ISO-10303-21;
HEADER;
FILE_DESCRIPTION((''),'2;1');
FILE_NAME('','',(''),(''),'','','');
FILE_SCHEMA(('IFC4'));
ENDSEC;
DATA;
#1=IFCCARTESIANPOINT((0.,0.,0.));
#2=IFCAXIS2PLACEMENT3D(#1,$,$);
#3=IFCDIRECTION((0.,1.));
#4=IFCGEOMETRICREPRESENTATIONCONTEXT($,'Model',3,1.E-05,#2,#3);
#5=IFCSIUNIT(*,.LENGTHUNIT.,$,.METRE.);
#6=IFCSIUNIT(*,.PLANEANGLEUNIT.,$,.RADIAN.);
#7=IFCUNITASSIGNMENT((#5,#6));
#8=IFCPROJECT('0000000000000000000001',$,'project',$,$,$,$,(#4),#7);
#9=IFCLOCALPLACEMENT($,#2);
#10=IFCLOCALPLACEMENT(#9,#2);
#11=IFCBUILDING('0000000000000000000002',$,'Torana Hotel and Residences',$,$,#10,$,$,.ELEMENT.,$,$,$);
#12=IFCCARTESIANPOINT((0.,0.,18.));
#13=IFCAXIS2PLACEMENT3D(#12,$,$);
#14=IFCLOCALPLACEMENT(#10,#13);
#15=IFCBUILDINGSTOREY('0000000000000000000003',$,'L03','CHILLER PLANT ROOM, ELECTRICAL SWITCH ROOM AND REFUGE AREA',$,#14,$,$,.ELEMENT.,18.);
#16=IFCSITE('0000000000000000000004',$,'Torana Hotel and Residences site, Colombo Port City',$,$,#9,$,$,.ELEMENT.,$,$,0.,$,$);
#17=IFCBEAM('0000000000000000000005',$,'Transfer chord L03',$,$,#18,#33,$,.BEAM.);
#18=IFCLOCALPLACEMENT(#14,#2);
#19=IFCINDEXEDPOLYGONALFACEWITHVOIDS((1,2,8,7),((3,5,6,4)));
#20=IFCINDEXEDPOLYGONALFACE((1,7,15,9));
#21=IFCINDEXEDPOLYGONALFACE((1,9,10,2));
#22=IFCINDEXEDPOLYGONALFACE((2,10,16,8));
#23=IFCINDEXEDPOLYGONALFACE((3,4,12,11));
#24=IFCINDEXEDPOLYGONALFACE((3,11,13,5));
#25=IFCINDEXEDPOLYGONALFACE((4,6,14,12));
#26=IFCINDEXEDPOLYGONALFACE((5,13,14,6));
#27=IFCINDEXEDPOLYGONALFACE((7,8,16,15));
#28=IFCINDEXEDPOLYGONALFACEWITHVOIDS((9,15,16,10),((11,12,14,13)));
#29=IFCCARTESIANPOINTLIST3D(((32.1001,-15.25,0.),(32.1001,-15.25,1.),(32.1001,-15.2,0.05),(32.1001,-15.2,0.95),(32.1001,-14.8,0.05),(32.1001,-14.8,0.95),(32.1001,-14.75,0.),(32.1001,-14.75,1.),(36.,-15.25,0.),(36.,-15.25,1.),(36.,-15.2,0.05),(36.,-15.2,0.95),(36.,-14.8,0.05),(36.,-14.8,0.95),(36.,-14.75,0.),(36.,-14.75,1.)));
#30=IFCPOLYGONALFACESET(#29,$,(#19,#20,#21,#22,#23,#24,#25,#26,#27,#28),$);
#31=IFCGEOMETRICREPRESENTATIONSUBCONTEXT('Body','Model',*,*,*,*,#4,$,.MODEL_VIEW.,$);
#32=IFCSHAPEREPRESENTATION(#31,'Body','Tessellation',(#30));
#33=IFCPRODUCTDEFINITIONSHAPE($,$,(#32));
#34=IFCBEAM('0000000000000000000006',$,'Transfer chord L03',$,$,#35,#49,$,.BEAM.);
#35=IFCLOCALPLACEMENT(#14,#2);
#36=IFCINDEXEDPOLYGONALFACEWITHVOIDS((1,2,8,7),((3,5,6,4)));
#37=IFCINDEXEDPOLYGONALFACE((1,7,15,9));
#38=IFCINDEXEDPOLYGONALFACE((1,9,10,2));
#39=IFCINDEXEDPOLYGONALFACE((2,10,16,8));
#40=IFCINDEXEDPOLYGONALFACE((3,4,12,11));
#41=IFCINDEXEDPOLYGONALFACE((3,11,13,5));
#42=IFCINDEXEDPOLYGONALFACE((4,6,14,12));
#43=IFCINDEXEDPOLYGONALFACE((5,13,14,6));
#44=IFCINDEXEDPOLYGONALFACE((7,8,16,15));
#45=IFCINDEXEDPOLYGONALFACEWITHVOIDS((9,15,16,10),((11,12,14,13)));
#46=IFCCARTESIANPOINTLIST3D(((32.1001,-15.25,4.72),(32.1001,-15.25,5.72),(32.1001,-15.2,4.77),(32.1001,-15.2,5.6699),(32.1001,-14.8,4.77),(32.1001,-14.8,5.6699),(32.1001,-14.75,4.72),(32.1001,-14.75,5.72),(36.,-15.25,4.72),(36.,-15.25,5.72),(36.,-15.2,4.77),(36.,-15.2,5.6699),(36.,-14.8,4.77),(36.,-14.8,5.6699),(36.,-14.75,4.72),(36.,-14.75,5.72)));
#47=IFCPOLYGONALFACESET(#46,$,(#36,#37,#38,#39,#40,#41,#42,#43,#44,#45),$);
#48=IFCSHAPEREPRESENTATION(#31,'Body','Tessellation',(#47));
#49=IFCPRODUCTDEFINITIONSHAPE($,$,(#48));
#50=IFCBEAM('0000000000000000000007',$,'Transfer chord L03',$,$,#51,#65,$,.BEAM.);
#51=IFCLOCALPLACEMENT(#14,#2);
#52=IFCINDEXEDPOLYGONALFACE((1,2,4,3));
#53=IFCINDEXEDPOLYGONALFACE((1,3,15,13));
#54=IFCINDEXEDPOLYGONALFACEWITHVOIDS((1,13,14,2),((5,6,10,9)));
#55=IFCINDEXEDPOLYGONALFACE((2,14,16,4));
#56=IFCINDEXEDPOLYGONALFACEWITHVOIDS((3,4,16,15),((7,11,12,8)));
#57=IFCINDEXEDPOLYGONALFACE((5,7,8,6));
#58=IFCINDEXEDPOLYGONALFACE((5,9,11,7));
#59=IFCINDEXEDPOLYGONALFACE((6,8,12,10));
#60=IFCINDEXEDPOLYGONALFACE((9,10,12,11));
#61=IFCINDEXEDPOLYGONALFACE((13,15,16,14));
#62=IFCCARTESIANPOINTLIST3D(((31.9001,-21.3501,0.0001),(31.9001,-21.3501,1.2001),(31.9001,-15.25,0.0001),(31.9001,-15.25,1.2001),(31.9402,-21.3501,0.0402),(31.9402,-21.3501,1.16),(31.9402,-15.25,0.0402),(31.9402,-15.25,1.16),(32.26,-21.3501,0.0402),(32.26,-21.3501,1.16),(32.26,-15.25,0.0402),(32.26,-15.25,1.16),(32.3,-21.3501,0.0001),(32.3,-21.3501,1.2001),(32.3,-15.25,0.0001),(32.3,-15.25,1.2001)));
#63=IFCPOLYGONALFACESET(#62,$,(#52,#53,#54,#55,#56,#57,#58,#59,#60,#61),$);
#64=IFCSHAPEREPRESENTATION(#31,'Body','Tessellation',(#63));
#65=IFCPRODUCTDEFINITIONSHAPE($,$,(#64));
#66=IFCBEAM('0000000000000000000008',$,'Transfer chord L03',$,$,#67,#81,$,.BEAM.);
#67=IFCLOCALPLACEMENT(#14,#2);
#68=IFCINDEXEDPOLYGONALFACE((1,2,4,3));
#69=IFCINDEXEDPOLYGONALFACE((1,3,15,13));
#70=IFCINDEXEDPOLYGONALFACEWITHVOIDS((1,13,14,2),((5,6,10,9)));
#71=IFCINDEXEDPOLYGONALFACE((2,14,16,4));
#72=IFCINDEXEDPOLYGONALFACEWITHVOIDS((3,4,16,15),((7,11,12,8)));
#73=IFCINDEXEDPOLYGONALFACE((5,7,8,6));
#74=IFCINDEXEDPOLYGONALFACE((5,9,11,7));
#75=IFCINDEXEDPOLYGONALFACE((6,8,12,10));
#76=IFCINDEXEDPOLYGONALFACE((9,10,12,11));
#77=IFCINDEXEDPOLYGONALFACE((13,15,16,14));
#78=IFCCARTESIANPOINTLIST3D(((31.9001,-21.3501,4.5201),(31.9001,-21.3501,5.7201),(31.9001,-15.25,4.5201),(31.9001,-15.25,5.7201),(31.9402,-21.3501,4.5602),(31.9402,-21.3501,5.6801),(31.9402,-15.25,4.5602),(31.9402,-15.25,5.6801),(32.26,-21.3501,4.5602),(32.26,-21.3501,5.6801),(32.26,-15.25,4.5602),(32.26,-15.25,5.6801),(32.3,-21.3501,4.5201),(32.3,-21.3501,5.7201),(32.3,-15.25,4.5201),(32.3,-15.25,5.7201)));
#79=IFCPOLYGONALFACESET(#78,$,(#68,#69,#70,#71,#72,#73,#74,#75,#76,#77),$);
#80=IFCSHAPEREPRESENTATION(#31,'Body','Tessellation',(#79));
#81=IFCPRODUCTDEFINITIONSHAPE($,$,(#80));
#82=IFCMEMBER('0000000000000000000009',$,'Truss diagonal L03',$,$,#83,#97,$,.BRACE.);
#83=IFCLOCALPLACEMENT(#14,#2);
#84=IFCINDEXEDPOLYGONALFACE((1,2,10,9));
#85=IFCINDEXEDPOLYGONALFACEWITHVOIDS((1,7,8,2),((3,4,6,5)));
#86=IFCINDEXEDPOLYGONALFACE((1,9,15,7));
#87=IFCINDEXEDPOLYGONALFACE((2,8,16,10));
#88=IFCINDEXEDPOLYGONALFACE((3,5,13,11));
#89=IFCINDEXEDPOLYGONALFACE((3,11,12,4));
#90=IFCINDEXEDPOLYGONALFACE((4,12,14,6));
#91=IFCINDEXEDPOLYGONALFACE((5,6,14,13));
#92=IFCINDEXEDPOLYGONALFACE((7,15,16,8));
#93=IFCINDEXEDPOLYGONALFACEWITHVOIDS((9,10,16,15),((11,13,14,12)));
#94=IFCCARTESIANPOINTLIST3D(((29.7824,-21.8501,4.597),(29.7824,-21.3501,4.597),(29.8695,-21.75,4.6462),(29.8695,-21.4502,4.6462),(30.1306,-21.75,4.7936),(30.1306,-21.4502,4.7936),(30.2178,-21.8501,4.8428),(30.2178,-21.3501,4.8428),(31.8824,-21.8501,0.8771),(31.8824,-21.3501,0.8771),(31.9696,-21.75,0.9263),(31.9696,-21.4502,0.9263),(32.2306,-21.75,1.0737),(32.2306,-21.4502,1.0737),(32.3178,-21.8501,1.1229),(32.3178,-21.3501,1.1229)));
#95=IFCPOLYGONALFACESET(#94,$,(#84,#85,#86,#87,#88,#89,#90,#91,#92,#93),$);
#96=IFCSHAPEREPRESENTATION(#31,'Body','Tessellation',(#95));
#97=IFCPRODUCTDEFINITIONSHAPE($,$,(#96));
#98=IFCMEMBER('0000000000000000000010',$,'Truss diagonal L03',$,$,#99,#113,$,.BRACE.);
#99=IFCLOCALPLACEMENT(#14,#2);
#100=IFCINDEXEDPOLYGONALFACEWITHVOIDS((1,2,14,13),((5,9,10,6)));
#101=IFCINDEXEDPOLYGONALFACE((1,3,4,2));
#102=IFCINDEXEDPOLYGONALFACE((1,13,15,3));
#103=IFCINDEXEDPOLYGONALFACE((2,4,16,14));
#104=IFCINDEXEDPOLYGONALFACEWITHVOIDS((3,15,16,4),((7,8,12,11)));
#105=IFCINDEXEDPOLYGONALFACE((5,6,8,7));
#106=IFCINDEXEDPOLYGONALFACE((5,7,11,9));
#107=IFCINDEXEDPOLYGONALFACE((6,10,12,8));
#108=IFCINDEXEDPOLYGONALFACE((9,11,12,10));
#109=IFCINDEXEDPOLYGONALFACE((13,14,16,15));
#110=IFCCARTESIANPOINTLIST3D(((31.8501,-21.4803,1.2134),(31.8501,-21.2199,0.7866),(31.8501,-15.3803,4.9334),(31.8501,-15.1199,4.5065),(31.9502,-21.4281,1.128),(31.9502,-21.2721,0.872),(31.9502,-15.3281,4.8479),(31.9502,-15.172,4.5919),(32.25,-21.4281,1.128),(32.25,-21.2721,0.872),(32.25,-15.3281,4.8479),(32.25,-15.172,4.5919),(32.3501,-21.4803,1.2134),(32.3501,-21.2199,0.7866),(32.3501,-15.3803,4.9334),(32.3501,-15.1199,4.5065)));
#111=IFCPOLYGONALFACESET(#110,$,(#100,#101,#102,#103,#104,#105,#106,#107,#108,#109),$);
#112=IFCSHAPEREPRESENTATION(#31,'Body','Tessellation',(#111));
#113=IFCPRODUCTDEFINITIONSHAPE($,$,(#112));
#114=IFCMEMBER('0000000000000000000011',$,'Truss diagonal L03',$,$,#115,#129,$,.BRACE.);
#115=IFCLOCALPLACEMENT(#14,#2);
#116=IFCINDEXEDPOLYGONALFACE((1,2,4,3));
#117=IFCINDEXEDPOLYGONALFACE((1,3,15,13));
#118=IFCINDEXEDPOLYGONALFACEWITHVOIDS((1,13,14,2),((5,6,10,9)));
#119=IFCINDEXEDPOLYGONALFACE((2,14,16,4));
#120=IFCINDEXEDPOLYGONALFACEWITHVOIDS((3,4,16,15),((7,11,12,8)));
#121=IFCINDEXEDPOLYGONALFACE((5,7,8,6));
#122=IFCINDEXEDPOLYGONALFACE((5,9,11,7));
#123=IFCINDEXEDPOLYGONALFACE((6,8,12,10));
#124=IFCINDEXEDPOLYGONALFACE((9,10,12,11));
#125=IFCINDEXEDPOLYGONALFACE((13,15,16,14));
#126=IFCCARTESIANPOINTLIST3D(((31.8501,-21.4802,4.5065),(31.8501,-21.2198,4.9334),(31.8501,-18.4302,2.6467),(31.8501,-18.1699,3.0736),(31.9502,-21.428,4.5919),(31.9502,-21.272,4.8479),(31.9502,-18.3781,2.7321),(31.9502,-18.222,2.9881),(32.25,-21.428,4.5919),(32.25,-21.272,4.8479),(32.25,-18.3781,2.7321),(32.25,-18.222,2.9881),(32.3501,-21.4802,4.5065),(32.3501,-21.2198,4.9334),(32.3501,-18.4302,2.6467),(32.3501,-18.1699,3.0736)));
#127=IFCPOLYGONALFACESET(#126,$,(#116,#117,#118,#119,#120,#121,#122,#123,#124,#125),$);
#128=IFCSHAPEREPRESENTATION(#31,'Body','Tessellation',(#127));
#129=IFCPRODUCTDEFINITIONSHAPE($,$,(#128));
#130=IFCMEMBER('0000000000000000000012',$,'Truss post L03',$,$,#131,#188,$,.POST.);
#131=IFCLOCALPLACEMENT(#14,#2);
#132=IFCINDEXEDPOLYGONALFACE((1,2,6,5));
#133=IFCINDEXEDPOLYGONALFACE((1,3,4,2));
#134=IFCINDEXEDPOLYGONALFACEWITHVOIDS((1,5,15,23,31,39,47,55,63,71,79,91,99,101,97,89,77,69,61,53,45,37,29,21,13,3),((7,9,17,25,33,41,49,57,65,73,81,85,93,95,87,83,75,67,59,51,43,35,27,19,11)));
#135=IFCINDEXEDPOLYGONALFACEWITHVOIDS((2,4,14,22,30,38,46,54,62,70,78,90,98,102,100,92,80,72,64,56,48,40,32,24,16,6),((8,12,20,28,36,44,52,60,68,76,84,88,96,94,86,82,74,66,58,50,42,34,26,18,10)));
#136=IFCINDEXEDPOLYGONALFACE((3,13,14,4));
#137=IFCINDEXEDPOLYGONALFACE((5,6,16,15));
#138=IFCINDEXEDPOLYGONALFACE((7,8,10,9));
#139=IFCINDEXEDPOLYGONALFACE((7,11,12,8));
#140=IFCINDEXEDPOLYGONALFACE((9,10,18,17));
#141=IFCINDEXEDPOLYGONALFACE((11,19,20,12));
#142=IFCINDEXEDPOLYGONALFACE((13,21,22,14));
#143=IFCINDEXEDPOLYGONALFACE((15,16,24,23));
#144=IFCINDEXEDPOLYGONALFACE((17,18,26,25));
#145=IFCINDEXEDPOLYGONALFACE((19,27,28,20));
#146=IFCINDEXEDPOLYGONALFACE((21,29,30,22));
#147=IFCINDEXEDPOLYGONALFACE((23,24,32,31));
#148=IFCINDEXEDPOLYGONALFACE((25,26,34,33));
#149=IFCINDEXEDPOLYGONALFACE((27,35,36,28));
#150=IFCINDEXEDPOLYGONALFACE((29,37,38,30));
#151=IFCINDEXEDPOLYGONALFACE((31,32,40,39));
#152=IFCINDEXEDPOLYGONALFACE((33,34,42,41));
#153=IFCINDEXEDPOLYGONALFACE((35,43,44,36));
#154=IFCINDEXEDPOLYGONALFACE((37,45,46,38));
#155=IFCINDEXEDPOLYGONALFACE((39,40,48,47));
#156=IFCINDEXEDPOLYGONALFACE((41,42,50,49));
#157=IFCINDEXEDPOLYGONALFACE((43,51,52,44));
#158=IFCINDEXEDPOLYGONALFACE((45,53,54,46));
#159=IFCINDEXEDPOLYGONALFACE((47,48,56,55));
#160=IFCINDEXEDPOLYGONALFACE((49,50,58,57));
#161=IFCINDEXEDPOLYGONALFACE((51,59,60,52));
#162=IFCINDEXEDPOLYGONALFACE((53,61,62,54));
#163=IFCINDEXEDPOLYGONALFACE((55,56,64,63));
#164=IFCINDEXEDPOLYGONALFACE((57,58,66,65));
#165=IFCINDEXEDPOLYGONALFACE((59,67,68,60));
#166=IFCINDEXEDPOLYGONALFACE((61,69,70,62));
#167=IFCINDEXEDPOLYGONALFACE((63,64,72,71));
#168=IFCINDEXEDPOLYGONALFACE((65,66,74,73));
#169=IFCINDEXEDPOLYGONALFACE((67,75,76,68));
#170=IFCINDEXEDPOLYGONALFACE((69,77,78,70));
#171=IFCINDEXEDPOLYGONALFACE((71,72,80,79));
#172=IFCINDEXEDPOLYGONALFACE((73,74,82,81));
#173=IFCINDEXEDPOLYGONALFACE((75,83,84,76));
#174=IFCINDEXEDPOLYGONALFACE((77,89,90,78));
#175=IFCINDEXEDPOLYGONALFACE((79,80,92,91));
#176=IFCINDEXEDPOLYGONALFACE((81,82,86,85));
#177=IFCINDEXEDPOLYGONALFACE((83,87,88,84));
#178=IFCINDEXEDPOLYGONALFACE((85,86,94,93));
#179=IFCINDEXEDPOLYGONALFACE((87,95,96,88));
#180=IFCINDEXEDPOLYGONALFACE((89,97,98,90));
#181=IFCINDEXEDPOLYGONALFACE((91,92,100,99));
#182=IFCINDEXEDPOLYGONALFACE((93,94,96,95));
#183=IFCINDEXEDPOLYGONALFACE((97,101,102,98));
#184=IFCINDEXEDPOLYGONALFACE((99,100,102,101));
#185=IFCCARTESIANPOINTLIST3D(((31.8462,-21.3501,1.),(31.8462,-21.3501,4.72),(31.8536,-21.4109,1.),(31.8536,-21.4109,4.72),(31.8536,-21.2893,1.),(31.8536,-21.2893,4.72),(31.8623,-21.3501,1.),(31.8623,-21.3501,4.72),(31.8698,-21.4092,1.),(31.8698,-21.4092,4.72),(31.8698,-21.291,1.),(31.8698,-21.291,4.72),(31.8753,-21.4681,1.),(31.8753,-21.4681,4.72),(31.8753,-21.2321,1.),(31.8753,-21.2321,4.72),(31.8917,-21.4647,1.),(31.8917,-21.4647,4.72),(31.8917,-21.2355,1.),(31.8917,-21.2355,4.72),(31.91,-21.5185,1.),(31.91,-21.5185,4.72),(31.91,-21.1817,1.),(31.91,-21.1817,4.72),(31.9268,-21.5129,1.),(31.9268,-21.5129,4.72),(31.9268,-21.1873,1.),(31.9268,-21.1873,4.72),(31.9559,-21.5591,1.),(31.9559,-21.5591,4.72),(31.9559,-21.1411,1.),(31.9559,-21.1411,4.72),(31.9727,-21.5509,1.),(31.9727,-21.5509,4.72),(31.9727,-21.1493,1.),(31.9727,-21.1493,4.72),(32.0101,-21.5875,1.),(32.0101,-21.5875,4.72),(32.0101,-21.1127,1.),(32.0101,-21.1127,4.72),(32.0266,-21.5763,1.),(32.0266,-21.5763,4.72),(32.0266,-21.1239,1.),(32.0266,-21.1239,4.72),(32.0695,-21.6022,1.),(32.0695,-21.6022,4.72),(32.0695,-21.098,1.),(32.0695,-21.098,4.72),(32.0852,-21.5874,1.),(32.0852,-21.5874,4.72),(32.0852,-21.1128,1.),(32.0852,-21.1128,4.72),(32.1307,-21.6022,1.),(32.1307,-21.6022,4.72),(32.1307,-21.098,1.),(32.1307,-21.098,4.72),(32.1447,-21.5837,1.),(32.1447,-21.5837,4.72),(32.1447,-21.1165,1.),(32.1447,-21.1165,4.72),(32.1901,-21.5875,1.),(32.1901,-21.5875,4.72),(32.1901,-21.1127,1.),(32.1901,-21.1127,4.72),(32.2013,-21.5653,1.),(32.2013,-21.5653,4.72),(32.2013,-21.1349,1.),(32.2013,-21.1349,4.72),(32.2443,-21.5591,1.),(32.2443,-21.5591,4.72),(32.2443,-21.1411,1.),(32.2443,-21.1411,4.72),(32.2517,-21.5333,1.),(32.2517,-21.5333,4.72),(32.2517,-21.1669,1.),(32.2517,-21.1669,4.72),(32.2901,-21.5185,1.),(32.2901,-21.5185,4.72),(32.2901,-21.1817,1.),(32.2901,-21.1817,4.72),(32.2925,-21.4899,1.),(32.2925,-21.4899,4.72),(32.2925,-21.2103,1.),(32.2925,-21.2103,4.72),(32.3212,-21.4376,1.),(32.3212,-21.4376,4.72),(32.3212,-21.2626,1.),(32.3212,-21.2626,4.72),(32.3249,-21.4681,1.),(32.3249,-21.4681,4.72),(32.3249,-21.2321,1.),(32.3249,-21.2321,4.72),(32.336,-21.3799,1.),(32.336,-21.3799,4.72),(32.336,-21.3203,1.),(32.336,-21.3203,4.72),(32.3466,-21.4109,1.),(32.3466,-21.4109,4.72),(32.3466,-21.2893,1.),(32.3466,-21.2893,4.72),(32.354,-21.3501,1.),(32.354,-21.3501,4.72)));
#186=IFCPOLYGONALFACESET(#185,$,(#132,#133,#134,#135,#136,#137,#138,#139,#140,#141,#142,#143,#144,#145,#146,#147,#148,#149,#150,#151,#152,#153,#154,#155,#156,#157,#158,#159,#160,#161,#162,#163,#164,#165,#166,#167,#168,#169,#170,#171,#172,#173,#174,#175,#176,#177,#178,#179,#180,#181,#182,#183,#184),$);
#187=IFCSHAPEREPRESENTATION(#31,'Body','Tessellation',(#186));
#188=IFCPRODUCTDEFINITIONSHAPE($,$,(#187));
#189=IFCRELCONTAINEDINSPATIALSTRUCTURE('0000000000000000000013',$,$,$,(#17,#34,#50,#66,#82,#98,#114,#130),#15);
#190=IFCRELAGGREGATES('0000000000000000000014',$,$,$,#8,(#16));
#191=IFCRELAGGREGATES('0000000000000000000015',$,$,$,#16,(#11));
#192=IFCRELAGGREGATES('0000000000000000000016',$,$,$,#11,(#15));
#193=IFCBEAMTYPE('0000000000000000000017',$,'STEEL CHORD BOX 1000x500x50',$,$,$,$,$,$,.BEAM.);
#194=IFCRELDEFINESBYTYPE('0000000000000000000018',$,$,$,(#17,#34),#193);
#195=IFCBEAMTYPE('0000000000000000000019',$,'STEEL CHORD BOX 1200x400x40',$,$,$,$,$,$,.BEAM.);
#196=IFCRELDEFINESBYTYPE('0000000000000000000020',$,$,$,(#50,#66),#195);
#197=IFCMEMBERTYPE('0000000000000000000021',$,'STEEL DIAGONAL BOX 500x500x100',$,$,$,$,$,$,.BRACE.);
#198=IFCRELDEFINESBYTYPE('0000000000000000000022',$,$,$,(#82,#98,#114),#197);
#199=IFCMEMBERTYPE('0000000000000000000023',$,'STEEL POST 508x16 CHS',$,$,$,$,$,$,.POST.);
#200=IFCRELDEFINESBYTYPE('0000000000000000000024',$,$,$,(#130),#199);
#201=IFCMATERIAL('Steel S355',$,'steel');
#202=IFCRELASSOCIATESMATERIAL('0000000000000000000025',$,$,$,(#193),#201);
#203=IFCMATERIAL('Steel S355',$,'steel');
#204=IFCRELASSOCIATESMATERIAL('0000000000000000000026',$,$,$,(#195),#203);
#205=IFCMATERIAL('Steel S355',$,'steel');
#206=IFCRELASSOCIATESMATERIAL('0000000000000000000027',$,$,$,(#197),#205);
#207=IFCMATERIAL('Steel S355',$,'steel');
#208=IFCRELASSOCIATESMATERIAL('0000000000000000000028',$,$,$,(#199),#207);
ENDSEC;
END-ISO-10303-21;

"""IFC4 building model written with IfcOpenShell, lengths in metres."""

from ifc_helpers import new_model, si_unit, direction, frame, origin, origin_2d, place, context, subcontext, project, spatial, hollow_rectangle, hollow_circle, extrude, material, material_profile, profile_set, type_object, element, save


model = new_model("IFC4")

# Units and contexts
model_context = context("Model", 3, precision=1e-05, world=origin(), true_north=direction((0.0, 1.0)))
body_context = subcontext(model_context, "Body", "Model", "MODEL_VIEW")
ifc_project = project(units=[si_unit("LENGTHUNIT", "METRE"), si_unit("PLANEANGLEUNIT", "RADIAN")], contexts=[model_context])

# Site, building, storey
site_placement = place(None, origin())
site = spatial("IfcSite", under=ifc_project, at=site_placement, Name="Torana Hotel and Residences site, Colombo Port City", CompositionType="ELEMENT", RefElevation=0.0)
building_placement = place(site_placement, origin())
building = spatial("IfcBuilding", under=site, at=building_placement, Name="Torana Hotel and Residences", CompositionType="ELEMENT")
storey_placement = place(building_placement, frame((0.0, 0.0, 18.0)))
storey = spatial("IfcBuildingStorey", under=building, at=storey_placement, Name="L03", Description="CHILLER PLANT ROOM, ELECTRICAL SWITCH ROOM AND REFUGE AREA", CompositionType="ELEMENT", Elevation=18.0)

# Beams
ifc_material_1 = material(Name="Steel S355", Category="steel")
ifc_material_profile_1 = material_profile(ifc_material_1, hollow_rectangle(XDim=0.5, YDim=1.0, WallThickness=0.05, at=origin_2d()), Name="BOX 1000x500x50")
ifc_profile_set_1 = profile_set([ifc_material_profile_1], Name="Steel S355")
beam_type_1 = type_object("IfcBeamType", Name="STEEL CHORD BOX 1000x500x50", PredefinedType="BEAM", material=ifc_profile_set_1)
for number, where, z_axis, x_axis, name in (
    (1, (32.1001, -15.0, 0.5), (1.0, 0.0, 0.0), (0.0, 1.0, 0.0), "Transfer chord L03"),
    (2, (32.1001, -15.0, 5.22), (1.0, 0.0, 0.0), (0.0, 1.0, 0.0), "Transfer chord L03"),
):
    element("IfcBeam", number, at=place(storey_placement, frame(where, z_axis=z_axis, x_axis=x_axis)), inside=storey, type_object=beam_type_1, Name=name, PredefinedType="BEAM", context=body_context, shape_type="SweptSolid", body=[
        extrude(hollow_rectangle(XDim=0.5, YDim=1.0, WallThickness=0.05, at=origin_2d()), origin(), (0.0, 0.0, 1.0), 3.8999),
    ])
ifc_material_2 = material(Name="Steel S355", Category="steel")
ifc_material_profile_2 = material_profile(ifc_material_2, hollow_rectangle(XDim=0.3999, YDim=1.2, WallThickness=0.04, at=origin_2d()), Name="BOX 1200x400x40")
ifc_profile_set_2 = profile_set([ifc_material_profile_2], Name="Steel S355")
beam_type_2 = type_object("IfcBeamType", Name="STEEL CHORD BOX 1200x400x40", PredefinedType="BEAM", material=ifc_profile_set_2)
for number, where, z_axis, x_axis, name in (
    (3, (32.1001, -21.3501, 0.6001), (0.0, 1.0, 0.0), (-1.0, 0.0, 0.0), "Transfer chord L03"),
    (4, (32.1001, -21.3501, 5.1201), (0.0, 1.0, 0.0), (-1.0, 0.0, 0.0), "Transfer chord L03"),
):
    element("IfcBeam", number, at=place(storey_placement, frame(where, z_axis=z_axis, x_axis=x_axis)), inside=storey, type_object=beam_type_2, Name=name, PredefinedType="BEAM", context=body_context, shape_type="SweptSolid", body=[
        extrude(hollow_rectangle(XDim=0.3999, YDim=1.2, WallThickness=0.04, at=origin_2d()), origin(), (0.0, 0.0, 1.0), 6.1001),
    ])

# Members
ifc_material_3 = material(Name="Steel S355", Category="steel")
ifc_material_profile_3 = material_profile(ifc_material_3, hollow_rectangle(XDim=0.5, YDim=0.5, WallThickness=0.1001, at=origin_2d()), Name="BOX 500x500x100")
ifc_profile_set_3 = profile_set([ifc_material_profile_3], Name="Steel S355")
member_type_1 = type_object("IfcMemberType", Name="STEEL DIAGONAL BOX 500x500x100", PredefinedType="BRACE", material=ifc_profile_set_3)
member_1_placement = place(storey_placement, frame((32.1001, -21.6001, 1.0), z_axis=(-0.491615, 0.0, 0.870813), x_axis=(0.0, -1.0, 0.0)))
element("IfcMember", 5, at=member_1_placement, inside=storey, type_object=member_type_1, Name="Truss diagonal L03", PredefinedType="BRACE", context=body_context, shape_type="SweptSolid", body=[
    extrude(hollow_rectangle(XDim=0.5, YDim=0.5, WallThickness=0.1001, at=origin_2d()), origin(), (0.0, 0.0, 1.0), 4.2717),
])
member_2_placement = place(storey_placement, frame((32.1001, -21.3501, 1.0), z_axis=(0.0, 0.853771, 0.520648), x_axis=(-1.0, 0.0, 0.0)))
element("IfcMember", 6, at=member_2_placement, inside=storey, type_object=member_type_1, Name="Truss diagonal L03", PredefinedType="BRACE", context=body_context, shape_type="SweptSolid", body=[
    extrude(hollow_rectangle(XDim=0.5, YDim=0.5, WallThickness=0.1001, at=origin_2d()), origin(), (0.0, 0.0, 1.0), 7.1448),
])
member_3_placement = place(storey_placement, frame((32.1001, -18.3, 2.8601), z_axis=(0.0, -0.853787, 0.520623), x_axis=(1.0, 0.0, 0.0)))
element("IfcMember", 7, at=member_3_placement, inside=storey, type_object=member_type_1, Name="Truss diagonal L03", PredefinedType="BRACE", context=body_context, shape_type="SweptSolid", body=[
    extrude(hollow_rectangle(XDim=0.5, YDim=0.5, WallThickness=0.1001, at=origin_2d()), origin(), (0.0, 0.0, 1.0), 3.5723),
])
ifc_material_4 = material(Name="Steel S355", Category="steel")
ifc_material_profile_4 = material_profile(ifc_material_4, hollow_circle(Radius=0.2539, WallThickness=0.0161, at=origin_2d()), Name="508x16 CHS")
ifc_profile_set_4 = profile_set([ifc_material_profile_4], Name="Steel S355")
member_type_2 = type_object("IfcMemberType", Name="STEEL POST 508x16 CHS", PredefinedType="POST", material=ifc_profile_set_4)
for number, where, z_axis, x_axis, name in (
    (8, (32.1001, -21.3501, 1.0), (0.0, 0.0, 1.0), (-1.0, 0.0, 0.0), "Truss post L03"),
):
    element("IfcMember", number, at=place(storey_placement, frame(where, z_axis=z_axis, x_axis=x_axis)), inside=storey, type_object=member_type_2, Name=name, PredefinedType="POST", context=body_context, shape_type="SweptSolid", body=[
        extrude(hollow_circle(Radius=0.2539, WallThickness=0.0161, at=origin_2d()), origin(), (0.0, 0.0, 1.0), 3.72),
    ])

save(model, "model.ifc")
